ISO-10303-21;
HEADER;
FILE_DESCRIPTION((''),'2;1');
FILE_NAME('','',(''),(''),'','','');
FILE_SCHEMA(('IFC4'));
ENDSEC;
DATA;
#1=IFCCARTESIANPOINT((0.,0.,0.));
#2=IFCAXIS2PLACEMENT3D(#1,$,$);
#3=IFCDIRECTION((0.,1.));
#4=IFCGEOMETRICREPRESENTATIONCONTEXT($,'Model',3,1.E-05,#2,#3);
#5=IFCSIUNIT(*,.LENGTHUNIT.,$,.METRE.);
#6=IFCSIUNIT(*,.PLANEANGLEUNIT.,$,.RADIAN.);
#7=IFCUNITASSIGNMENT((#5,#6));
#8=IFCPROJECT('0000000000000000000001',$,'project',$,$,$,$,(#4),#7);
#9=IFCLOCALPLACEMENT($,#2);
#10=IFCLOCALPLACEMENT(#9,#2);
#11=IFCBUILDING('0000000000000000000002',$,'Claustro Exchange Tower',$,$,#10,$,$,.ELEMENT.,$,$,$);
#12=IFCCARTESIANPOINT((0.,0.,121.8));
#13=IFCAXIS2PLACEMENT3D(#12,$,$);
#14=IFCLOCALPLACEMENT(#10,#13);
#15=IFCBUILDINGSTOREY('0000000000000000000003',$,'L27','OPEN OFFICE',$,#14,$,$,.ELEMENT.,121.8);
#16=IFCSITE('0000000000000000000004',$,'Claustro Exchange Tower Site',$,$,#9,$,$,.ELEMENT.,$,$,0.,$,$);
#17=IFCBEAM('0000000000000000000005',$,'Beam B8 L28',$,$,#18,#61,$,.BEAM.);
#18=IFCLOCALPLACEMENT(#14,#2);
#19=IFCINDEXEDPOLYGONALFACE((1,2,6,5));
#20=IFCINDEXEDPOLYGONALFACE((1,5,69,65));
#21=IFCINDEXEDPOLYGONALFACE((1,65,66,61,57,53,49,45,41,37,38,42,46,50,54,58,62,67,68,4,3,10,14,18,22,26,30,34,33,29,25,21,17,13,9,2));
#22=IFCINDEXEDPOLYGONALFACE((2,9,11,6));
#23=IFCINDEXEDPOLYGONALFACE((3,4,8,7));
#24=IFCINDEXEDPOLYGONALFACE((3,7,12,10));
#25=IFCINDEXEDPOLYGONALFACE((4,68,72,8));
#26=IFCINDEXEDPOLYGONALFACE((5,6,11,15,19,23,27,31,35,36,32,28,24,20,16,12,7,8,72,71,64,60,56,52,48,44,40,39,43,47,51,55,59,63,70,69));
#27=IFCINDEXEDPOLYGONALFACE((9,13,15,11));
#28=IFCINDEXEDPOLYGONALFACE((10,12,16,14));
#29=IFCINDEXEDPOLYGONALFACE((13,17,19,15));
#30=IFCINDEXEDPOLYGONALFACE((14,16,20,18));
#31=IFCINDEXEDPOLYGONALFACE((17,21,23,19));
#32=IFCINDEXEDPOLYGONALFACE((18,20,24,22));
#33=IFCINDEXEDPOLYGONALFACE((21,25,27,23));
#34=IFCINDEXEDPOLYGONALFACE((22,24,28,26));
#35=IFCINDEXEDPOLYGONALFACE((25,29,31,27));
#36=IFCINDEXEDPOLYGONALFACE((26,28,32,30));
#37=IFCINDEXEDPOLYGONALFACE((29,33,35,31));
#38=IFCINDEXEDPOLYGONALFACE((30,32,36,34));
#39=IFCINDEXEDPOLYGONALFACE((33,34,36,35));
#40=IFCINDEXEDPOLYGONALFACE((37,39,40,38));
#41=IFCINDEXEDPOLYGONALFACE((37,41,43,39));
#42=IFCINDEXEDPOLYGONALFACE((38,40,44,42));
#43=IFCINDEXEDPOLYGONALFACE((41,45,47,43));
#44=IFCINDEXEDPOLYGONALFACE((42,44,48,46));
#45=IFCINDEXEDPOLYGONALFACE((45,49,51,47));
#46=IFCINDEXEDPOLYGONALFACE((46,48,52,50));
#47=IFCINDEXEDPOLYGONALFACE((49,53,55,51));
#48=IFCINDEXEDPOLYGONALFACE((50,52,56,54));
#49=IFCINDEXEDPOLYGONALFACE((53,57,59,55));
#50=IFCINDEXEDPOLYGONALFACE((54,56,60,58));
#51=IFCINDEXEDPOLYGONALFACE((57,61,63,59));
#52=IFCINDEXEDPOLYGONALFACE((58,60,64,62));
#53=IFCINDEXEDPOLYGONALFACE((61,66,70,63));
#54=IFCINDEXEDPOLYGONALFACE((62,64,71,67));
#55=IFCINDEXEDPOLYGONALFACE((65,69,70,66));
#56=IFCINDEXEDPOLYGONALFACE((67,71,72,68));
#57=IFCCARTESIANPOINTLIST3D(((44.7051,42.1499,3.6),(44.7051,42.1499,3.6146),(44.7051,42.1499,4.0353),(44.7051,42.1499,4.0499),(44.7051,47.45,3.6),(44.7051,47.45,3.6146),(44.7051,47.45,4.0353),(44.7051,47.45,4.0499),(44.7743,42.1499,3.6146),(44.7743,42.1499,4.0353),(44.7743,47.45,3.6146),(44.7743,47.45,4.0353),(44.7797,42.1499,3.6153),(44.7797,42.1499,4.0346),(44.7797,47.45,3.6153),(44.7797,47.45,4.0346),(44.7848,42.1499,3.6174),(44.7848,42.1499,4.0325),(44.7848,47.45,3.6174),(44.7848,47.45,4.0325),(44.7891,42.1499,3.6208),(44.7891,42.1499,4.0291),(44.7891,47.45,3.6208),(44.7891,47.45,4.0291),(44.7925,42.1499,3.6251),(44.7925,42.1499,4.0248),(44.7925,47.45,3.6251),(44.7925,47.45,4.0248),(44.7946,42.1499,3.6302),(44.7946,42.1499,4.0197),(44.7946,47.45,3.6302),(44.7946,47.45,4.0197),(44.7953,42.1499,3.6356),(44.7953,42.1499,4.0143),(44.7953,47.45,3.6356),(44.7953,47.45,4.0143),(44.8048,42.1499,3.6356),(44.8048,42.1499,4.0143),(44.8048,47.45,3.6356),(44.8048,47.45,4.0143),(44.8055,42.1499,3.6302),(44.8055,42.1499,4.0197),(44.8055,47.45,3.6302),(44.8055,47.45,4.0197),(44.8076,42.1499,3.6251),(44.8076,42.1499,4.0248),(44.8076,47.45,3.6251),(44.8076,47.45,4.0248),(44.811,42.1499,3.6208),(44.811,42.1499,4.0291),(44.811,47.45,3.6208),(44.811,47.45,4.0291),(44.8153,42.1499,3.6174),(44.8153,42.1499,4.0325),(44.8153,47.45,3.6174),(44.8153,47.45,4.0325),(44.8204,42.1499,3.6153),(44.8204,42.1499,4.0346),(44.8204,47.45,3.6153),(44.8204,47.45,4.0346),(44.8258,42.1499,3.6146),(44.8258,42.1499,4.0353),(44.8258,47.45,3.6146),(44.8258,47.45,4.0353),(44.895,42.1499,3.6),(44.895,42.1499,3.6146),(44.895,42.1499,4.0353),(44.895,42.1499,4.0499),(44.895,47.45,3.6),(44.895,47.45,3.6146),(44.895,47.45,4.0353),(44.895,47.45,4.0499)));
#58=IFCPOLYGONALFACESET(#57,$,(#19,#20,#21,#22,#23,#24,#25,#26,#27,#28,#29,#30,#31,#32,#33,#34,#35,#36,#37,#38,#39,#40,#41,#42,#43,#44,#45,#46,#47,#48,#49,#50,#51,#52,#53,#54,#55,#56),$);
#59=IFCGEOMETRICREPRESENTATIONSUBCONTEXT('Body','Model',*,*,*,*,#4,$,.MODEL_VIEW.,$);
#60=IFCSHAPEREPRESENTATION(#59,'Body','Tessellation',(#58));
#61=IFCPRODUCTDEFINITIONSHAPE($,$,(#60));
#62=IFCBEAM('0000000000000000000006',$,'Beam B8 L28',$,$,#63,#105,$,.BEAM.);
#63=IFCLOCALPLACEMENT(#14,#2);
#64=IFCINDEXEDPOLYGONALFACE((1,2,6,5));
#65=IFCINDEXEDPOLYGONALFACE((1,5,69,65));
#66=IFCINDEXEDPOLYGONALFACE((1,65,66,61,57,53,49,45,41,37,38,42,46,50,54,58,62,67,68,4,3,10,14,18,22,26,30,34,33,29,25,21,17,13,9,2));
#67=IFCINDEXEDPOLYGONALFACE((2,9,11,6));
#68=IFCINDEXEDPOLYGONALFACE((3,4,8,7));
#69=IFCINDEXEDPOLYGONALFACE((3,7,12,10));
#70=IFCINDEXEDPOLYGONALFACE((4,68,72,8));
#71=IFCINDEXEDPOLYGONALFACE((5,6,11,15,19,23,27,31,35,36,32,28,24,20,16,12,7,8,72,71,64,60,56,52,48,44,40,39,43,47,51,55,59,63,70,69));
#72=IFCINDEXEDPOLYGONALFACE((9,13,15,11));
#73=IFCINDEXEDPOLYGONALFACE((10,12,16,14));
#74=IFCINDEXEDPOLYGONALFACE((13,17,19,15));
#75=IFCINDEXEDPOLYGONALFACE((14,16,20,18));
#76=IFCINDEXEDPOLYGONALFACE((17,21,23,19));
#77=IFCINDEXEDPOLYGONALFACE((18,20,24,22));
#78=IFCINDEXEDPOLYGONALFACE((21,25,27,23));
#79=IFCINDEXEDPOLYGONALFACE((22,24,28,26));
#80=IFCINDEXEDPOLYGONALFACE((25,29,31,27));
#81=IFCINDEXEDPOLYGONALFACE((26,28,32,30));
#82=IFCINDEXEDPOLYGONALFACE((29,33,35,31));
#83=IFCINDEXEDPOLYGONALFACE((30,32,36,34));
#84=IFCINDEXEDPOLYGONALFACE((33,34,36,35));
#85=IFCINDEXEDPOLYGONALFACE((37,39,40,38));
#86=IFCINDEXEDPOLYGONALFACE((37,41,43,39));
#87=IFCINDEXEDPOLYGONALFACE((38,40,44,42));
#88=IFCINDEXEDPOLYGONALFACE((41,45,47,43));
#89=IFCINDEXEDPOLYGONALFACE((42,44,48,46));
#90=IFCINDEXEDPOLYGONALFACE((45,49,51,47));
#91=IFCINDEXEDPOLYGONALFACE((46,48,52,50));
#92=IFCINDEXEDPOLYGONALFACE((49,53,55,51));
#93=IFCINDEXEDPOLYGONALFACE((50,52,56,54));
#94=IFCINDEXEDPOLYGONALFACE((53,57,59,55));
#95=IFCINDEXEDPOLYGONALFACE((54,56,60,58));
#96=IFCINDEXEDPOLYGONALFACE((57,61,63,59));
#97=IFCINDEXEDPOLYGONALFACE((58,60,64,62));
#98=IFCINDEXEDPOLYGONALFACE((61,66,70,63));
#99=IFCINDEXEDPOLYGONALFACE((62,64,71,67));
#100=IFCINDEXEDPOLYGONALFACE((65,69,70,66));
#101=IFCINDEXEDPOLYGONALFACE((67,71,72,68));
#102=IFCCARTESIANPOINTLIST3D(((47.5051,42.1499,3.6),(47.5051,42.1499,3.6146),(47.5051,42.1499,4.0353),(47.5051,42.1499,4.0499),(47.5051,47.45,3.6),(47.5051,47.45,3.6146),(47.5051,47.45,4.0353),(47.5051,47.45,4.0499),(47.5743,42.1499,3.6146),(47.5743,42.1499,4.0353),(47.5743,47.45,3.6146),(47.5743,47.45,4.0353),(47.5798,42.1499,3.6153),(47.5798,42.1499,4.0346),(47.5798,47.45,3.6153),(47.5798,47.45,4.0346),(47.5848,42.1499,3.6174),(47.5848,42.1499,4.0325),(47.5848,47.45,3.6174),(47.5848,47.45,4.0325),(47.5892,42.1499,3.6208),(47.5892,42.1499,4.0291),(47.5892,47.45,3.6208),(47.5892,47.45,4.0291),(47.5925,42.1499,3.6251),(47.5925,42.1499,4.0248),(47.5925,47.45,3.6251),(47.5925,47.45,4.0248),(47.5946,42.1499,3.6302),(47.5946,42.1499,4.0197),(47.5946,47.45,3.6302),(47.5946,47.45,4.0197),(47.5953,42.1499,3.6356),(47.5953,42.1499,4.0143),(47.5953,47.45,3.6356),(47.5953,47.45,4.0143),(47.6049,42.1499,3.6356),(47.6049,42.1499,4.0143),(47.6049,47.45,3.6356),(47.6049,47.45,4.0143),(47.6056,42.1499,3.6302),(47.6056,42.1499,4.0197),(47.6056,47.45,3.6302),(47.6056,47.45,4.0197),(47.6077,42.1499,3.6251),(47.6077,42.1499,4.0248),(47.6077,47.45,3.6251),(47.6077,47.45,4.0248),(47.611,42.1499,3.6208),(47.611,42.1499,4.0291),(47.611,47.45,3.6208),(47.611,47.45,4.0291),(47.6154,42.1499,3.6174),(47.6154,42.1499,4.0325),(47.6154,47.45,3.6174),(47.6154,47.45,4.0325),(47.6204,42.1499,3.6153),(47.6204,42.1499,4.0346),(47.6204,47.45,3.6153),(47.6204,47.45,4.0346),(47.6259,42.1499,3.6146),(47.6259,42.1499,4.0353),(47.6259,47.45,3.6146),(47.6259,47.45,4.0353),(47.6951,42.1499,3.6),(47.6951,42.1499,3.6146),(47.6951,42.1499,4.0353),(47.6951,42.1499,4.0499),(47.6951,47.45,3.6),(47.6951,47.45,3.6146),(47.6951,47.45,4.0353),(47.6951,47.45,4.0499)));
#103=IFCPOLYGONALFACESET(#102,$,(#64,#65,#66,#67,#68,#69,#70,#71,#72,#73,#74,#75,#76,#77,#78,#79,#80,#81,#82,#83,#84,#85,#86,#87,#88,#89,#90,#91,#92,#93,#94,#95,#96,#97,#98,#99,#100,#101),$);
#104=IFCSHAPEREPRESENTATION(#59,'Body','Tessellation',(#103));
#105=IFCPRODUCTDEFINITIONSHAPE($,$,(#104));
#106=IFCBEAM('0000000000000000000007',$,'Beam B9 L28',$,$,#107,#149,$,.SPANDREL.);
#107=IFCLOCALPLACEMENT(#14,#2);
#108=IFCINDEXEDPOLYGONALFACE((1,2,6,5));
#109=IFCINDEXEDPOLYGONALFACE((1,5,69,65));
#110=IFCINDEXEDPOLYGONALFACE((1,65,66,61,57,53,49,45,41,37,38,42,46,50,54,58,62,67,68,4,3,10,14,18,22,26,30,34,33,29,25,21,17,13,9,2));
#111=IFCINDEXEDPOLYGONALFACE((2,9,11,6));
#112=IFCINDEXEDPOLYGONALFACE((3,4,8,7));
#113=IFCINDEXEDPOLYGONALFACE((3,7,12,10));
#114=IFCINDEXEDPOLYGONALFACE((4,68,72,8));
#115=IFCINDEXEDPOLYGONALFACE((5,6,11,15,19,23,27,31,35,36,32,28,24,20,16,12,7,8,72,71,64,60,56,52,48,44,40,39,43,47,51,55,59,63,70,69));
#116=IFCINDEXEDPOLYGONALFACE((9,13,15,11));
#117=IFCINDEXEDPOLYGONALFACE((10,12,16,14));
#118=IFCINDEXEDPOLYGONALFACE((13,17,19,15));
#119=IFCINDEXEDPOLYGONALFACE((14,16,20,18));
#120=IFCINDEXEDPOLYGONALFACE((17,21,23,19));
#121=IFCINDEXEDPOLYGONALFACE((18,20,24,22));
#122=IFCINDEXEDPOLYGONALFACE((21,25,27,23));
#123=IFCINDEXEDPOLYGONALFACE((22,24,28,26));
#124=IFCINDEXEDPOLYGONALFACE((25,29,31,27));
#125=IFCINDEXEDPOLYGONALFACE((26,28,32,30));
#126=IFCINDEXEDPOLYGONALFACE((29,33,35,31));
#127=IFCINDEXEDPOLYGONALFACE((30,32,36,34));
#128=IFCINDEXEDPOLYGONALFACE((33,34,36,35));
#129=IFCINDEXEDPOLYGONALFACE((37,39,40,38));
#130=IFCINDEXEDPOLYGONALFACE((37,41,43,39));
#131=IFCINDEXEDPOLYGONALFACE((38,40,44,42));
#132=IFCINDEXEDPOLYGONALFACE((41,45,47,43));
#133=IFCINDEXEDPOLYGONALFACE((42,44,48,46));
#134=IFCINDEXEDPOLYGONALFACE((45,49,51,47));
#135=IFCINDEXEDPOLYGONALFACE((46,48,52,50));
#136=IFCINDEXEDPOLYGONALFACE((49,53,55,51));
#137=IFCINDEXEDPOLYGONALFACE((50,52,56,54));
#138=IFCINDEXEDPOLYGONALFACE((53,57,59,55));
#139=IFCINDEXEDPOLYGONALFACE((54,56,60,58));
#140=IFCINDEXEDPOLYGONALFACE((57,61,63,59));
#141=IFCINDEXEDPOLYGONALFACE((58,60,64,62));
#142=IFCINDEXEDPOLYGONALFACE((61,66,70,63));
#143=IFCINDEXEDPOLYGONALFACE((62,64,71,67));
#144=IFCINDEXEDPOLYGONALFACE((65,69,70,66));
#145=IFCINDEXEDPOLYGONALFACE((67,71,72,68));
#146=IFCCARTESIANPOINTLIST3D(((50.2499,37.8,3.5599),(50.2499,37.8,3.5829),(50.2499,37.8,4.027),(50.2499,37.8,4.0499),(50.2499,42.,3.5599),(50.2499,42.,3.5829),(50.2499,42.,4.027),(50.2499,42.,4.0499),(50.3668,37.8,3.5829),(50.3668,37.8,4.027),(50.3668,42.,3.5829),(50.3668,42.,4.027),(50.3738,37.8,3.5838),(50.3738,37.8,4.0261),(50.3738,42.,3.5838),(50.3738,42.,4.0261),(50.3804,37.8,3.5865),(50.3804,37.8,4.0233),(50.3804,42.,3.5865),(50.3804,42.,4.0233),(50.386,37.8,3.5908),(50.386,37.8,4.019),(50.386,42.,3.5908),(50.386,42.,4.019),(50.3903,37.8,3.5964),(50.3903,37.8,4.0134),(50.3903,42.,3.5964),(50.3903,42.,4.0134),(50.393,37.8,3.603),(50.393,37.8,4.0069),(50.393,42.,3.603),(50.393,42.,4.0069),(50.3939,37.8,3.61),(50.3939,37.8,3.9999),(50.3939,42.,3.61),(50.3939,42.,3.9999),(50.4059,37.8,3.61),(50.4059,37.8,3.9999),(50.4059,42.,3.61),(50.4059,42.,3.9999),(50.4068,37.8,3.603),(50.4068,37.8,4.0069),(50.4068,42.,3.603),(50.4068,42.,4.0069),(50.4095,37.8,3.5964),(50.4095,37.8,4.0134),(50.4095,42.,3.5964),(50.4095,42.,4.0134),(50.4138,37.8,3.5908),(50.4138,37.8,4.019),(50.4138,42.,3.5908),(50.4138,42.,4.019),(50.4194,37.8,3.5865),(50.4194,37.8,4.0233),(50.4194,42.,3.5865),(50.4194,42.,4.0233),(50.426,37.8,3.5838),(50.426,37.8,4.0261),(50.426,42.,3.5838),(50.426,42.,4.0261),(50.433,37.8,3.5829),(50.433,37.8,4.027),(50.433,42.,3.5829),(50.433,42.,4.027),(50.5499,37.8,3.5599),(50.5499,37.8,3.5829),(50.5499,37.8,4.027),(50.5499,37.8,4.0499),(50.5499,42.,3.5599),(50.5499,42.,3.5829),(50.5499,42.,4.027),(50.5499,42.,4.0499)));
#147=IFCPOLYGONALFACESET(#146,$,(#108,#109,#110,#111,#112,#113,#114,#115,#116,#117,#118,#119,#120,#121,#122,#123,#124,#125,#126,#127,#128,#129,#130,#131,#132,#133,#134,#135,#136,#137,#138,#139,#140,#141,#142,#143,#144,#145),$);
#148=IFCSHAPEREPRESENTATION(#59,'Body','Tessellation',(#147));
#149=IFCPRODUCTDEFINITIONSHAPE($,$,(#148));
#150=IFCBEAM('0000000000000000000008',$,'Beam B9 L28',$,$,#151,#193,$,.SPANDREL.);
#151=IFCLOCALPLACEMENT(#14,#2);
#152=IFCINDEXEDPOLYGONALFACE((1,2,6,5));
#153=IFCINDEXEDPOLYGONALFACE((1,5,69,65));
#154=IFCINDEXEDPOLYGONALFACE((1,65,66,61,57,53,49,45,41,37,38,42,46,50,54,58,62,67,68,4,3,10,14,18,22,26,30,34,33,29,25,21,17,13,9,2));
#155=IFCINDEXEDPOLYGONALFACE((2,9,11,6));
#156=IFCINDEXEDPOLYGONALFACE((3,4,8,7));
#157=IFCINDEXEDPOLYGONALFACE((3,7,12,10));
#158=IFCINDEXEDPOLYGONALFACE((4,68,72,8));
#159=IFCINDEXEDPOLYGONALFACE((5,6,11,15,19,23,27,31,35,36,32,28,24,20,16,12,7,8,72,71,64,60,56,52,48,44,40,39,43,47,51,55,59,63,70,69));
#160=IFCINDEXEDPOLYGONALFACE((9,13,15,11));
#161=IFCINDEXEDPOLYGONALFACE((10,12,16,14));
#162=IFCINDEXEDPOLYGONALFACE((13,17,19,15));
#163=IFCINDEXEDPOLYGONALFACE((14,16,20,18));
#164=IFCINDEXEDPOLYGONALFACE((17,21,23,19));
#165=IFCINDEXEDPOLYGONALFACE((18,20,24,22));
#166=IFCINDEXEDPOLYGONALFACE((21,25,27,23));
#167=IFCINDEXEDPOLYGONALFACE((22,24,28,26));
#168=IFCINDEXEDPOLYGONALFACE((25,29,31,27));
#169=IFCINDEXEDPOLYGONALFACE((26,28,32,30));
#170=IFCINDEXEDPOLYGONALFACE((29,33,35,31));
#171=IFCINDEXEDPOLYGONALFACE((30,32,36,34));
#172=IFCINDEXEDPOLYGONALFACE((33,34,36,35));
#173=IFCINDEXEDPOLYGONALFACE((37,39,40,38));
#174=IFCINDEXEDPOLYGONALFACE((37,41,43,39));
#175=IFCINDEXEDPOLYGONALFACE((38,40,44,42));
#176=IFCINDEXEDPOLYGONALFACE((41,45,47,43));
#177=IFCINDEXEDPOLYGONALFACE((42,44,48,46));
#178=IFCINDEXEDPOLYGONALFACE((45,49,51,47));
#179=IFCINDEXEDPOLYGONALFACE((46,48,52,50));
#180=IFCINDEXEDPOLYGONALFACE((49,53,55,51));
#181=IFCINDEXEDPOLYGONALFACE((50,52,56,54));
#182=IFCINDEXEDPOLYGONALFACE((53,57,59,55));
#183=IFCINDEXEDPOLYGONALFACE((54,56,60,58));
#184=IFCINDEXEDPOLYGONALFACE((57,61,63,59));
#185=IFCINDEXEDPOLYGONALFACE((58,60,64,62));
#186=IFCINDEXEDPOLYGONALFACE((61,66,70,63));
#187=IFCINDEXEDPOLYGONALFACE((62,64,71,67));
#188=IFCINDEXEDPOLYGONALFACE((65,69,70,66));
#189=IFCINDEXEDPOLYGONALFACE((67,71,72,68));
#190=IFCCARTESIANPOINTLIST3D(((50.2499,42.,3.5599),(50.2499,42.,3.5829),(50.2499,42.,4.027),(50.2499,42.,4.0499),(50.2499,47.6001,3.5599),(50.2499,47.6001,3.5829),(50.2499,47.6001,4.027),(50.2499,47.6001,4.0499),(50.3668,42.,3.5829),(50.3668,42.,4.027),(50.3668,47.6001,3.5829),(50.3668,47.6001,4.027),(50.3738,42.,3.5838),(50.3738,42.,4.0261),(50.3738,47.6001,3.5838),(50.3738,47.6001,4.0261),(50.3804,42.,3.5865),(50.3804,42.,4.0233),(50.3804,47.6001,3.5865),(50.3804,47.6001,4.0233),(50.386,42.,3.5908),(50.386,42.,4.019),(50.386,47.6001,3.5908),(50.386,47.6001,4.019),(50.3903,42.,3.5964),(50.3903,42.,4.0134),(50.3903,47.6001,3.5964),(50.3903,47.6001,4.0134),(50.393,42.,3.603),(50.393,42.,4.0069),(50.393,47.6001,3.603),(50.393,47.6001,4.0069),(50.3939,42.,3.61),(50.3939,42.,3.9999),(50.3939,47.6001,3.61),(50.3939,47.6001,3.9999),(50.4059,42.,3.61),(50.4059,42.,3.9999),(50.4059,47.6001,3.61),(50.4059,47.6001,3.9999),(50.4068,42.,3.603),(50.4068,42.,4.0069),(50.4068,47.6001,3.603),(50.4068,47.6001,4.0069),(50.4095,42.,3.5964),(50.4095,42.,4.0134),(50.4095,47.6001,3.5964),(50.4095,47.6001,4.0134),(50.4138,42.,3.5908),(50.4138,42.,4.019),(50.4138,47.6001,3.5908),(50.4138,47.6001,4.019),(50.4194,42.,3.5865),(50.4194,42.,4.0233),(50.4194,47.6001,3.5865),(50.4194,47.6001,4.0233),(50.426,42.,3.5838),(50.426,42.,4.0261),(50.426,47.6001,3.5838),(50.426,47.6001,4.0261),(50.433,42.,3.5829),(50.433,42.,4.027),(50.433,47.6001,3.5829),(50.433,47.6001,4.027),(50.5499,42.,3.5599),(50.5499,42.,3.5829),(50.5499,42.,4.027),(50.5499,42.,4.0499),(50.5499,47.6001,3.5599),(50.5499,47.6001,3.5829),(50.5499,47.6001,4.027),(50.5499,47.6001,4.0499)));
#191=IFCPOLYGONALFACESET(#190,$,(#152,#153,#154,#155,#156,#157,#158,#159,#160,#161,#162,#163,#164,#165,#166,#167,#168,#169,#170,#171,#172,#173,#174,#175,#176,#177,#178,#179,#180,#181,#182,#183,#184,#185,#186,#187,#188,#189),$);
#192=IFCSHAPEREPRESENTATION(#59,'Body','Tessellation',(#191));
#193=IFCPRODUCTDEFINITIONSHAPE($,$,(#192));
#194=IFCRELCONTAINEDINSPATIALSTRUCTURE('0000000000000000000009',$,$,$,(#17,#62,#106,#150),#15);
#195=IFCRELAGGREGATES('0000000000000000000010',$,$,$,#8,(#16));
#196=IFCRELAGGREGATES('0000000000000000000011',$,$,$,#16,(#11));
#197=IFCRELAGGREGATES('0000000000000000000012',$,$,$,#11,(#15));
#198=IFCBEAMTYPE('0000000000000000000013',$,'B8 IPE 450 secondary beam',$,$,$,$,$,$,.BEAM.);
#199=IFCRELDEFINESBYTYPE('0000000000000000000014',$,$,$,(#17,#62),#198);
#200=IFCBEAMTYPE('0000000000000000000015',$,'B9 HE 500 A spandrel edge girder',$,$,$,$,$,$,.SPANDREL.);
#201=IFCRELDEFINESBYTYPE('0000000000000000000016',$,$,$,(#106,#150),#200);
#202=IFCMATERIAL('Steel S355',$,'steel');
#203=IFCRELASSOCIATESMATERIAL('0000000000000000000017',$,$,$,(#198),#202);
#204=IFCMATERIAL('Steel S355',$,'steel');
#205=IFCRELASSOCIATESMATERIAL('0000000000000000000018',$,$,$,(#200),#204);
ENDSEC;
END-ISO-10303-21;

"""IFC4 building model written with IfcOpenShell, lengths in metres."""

from ifc_helpers import new_model, si_unit, direction, frame, origin, origin_2d, place, context, subcontext, project, spatial, i_section, extrude, material, material_profile, profile_set, type_object, element, save


model = new_model("IFC4")

# Units and contexts
model_context = context("Model", 3, precision=1e-05, world=origin(), true_north=direction((0.0, 1.0)))
body_context = subcontext(model_context, "Body", "Model", "MODEL_VIEW")
ifc_project = project(units=[si_unit("LENGTHUNIT", "METRE"), si_unit("PLANEANGLEUNIT", "RADIAN")], contexts=[model_context])

# Site, building, storey
site_placement = place(None, origin())
site = spatial("IfcSite", under=ifc_project, at=site_placement, Name="Claustro Exchange Tower Site", CompositionType="ELEMENT", RefElevation=0.0)
building_placement = place(site_placement, origin())
building = spatial("IfcBuilding", under=site, at=building_placement, Name="Claustro Exchange Tower", CompositionType="ELEMENT")
storey_placement = place(building_placement, frame((0.0, 0.0, 121.8)))
storey = spatial("IfcBuildingStorey", under=building, at=storey_placement, Name="L27", Description="OPEN OFFICE", CompositionType="ELEMENT", Elevation=121.8)

# Beams
ifc_material_1 = material(Name="Steel S355", Category="steel")
ifc_material_profile_1 = material_profile(ifc_material_1, i_section(OverallWidth=0.1899, OverallDepth=0.45, WebThickness=0.0095, FlangeThickness=0.0146, FilletRadius=0.021, at=origin_2d()), Name="IPE 450")
ifc_profile_set_1 = profile_set([ifc_material_profile_1], Name="Steel S355")
beam_type_1 = type_object("IfcBeamType", Name="B8 IPE 450 secondary beam", PredefinedType="BEAM", material=ifc_profile_set_1)
for number, where, z_axis, x_axis, name in (
    (1, (44.8, 42.1499, 3.825), (0.0, 1.0, 0.0), (-1.0, 0.0, 0.0), "Beam B8 L28"),
    (2, (47.6001, 42.1499, 3.825), (0.0, 1.0, 0.0), (-1.0, 0.0, 0.0), "Beam B8 L28"),
):
    element("IfcBeam", number, at=place(storey_placement, frame(where, z_axis=z_axis, x_axis=x_axis)), inside=storey, type_object=beam_type_1, Name=name, PredefinedType="BEAM", context=body_context, shape_type="SweptSolid", body=[
        extrude(i_section(OverallWidth=0.1899, OverallDepth=0.45, WebThickness=0.0095, FlangeThickness=0.0146, FilletRadius=0.021, at=origin_2d()), origin(), (0.0, 0.0, 1.0), 5.3),
    ])
ifc_material_2 = material(Name="Steel S355", Category="steel")
ifc_material_profile_2 = material_profile(ifc_material_2, i_section(OverallWidth=0.3, OverallDepth=0.49, WebThickness=0.012, FlangeThickness=0.0229, FilletRadius=0.0271, at=origin_2d()), Name="HE 500 A")
ifc_profile_set_2 = profile_set([ifc_material_profile_2], Name="Steel S355")
beam_type_2 = type_object("IfcBeamType", Name="B9 HE 500 A spandrel edge girder", PredefinedType="SPANDREL", material=ifc_profile_set_2)
beam_1_placement = place(storey_placement, frame((50.3999, 37.8, 3.8049), z_axis=(0.0, 1.0, 0.0), x_axis=(-1.0, 0.0, 0.0)))
element("IfcBeam", 3, at=beam_1_placement, inside=storey, type_object=beam_type_2, Name="Beam B9 L28", PredefinedType="SPANDREL", context=body_context, shape_type="SweptSolid", body=[
    extrude(i_section(OverallWidth=0.3, OverallDepth=0.49, WebThickness=0.012, FlangeThickness=0.0229, FilletRadius=0.0271, at=origin_2d()), origin(), (0.0, 0.0, 1.0), 4.2),
])
beam_2_placement = place(storey_placement, frame((50.3999, 42.0, 3.8049), z_axis=(0.0, 1.0, 0.0), x_axis=(-1.0, 0.0, 0.0)))
element("IfcBeam", 4, at=beam_2_placement, inside=storey, type_object=beam_type_2, Name="Beam B9 L28", PredefinedType="SPANDREL", context=body_context, shape_type="SweptSolid", body=[
    extrude(i_section(OverallWidth=0.3, OverallDepth=0.49, WebThickness=0.012, FlangeThickness=0.0229, FilletRadius=0.0271, at=origin_2d()), origin(), (0.0, 0.0, 1.0), 5.6001),
])

save(model, "model.ifc")
